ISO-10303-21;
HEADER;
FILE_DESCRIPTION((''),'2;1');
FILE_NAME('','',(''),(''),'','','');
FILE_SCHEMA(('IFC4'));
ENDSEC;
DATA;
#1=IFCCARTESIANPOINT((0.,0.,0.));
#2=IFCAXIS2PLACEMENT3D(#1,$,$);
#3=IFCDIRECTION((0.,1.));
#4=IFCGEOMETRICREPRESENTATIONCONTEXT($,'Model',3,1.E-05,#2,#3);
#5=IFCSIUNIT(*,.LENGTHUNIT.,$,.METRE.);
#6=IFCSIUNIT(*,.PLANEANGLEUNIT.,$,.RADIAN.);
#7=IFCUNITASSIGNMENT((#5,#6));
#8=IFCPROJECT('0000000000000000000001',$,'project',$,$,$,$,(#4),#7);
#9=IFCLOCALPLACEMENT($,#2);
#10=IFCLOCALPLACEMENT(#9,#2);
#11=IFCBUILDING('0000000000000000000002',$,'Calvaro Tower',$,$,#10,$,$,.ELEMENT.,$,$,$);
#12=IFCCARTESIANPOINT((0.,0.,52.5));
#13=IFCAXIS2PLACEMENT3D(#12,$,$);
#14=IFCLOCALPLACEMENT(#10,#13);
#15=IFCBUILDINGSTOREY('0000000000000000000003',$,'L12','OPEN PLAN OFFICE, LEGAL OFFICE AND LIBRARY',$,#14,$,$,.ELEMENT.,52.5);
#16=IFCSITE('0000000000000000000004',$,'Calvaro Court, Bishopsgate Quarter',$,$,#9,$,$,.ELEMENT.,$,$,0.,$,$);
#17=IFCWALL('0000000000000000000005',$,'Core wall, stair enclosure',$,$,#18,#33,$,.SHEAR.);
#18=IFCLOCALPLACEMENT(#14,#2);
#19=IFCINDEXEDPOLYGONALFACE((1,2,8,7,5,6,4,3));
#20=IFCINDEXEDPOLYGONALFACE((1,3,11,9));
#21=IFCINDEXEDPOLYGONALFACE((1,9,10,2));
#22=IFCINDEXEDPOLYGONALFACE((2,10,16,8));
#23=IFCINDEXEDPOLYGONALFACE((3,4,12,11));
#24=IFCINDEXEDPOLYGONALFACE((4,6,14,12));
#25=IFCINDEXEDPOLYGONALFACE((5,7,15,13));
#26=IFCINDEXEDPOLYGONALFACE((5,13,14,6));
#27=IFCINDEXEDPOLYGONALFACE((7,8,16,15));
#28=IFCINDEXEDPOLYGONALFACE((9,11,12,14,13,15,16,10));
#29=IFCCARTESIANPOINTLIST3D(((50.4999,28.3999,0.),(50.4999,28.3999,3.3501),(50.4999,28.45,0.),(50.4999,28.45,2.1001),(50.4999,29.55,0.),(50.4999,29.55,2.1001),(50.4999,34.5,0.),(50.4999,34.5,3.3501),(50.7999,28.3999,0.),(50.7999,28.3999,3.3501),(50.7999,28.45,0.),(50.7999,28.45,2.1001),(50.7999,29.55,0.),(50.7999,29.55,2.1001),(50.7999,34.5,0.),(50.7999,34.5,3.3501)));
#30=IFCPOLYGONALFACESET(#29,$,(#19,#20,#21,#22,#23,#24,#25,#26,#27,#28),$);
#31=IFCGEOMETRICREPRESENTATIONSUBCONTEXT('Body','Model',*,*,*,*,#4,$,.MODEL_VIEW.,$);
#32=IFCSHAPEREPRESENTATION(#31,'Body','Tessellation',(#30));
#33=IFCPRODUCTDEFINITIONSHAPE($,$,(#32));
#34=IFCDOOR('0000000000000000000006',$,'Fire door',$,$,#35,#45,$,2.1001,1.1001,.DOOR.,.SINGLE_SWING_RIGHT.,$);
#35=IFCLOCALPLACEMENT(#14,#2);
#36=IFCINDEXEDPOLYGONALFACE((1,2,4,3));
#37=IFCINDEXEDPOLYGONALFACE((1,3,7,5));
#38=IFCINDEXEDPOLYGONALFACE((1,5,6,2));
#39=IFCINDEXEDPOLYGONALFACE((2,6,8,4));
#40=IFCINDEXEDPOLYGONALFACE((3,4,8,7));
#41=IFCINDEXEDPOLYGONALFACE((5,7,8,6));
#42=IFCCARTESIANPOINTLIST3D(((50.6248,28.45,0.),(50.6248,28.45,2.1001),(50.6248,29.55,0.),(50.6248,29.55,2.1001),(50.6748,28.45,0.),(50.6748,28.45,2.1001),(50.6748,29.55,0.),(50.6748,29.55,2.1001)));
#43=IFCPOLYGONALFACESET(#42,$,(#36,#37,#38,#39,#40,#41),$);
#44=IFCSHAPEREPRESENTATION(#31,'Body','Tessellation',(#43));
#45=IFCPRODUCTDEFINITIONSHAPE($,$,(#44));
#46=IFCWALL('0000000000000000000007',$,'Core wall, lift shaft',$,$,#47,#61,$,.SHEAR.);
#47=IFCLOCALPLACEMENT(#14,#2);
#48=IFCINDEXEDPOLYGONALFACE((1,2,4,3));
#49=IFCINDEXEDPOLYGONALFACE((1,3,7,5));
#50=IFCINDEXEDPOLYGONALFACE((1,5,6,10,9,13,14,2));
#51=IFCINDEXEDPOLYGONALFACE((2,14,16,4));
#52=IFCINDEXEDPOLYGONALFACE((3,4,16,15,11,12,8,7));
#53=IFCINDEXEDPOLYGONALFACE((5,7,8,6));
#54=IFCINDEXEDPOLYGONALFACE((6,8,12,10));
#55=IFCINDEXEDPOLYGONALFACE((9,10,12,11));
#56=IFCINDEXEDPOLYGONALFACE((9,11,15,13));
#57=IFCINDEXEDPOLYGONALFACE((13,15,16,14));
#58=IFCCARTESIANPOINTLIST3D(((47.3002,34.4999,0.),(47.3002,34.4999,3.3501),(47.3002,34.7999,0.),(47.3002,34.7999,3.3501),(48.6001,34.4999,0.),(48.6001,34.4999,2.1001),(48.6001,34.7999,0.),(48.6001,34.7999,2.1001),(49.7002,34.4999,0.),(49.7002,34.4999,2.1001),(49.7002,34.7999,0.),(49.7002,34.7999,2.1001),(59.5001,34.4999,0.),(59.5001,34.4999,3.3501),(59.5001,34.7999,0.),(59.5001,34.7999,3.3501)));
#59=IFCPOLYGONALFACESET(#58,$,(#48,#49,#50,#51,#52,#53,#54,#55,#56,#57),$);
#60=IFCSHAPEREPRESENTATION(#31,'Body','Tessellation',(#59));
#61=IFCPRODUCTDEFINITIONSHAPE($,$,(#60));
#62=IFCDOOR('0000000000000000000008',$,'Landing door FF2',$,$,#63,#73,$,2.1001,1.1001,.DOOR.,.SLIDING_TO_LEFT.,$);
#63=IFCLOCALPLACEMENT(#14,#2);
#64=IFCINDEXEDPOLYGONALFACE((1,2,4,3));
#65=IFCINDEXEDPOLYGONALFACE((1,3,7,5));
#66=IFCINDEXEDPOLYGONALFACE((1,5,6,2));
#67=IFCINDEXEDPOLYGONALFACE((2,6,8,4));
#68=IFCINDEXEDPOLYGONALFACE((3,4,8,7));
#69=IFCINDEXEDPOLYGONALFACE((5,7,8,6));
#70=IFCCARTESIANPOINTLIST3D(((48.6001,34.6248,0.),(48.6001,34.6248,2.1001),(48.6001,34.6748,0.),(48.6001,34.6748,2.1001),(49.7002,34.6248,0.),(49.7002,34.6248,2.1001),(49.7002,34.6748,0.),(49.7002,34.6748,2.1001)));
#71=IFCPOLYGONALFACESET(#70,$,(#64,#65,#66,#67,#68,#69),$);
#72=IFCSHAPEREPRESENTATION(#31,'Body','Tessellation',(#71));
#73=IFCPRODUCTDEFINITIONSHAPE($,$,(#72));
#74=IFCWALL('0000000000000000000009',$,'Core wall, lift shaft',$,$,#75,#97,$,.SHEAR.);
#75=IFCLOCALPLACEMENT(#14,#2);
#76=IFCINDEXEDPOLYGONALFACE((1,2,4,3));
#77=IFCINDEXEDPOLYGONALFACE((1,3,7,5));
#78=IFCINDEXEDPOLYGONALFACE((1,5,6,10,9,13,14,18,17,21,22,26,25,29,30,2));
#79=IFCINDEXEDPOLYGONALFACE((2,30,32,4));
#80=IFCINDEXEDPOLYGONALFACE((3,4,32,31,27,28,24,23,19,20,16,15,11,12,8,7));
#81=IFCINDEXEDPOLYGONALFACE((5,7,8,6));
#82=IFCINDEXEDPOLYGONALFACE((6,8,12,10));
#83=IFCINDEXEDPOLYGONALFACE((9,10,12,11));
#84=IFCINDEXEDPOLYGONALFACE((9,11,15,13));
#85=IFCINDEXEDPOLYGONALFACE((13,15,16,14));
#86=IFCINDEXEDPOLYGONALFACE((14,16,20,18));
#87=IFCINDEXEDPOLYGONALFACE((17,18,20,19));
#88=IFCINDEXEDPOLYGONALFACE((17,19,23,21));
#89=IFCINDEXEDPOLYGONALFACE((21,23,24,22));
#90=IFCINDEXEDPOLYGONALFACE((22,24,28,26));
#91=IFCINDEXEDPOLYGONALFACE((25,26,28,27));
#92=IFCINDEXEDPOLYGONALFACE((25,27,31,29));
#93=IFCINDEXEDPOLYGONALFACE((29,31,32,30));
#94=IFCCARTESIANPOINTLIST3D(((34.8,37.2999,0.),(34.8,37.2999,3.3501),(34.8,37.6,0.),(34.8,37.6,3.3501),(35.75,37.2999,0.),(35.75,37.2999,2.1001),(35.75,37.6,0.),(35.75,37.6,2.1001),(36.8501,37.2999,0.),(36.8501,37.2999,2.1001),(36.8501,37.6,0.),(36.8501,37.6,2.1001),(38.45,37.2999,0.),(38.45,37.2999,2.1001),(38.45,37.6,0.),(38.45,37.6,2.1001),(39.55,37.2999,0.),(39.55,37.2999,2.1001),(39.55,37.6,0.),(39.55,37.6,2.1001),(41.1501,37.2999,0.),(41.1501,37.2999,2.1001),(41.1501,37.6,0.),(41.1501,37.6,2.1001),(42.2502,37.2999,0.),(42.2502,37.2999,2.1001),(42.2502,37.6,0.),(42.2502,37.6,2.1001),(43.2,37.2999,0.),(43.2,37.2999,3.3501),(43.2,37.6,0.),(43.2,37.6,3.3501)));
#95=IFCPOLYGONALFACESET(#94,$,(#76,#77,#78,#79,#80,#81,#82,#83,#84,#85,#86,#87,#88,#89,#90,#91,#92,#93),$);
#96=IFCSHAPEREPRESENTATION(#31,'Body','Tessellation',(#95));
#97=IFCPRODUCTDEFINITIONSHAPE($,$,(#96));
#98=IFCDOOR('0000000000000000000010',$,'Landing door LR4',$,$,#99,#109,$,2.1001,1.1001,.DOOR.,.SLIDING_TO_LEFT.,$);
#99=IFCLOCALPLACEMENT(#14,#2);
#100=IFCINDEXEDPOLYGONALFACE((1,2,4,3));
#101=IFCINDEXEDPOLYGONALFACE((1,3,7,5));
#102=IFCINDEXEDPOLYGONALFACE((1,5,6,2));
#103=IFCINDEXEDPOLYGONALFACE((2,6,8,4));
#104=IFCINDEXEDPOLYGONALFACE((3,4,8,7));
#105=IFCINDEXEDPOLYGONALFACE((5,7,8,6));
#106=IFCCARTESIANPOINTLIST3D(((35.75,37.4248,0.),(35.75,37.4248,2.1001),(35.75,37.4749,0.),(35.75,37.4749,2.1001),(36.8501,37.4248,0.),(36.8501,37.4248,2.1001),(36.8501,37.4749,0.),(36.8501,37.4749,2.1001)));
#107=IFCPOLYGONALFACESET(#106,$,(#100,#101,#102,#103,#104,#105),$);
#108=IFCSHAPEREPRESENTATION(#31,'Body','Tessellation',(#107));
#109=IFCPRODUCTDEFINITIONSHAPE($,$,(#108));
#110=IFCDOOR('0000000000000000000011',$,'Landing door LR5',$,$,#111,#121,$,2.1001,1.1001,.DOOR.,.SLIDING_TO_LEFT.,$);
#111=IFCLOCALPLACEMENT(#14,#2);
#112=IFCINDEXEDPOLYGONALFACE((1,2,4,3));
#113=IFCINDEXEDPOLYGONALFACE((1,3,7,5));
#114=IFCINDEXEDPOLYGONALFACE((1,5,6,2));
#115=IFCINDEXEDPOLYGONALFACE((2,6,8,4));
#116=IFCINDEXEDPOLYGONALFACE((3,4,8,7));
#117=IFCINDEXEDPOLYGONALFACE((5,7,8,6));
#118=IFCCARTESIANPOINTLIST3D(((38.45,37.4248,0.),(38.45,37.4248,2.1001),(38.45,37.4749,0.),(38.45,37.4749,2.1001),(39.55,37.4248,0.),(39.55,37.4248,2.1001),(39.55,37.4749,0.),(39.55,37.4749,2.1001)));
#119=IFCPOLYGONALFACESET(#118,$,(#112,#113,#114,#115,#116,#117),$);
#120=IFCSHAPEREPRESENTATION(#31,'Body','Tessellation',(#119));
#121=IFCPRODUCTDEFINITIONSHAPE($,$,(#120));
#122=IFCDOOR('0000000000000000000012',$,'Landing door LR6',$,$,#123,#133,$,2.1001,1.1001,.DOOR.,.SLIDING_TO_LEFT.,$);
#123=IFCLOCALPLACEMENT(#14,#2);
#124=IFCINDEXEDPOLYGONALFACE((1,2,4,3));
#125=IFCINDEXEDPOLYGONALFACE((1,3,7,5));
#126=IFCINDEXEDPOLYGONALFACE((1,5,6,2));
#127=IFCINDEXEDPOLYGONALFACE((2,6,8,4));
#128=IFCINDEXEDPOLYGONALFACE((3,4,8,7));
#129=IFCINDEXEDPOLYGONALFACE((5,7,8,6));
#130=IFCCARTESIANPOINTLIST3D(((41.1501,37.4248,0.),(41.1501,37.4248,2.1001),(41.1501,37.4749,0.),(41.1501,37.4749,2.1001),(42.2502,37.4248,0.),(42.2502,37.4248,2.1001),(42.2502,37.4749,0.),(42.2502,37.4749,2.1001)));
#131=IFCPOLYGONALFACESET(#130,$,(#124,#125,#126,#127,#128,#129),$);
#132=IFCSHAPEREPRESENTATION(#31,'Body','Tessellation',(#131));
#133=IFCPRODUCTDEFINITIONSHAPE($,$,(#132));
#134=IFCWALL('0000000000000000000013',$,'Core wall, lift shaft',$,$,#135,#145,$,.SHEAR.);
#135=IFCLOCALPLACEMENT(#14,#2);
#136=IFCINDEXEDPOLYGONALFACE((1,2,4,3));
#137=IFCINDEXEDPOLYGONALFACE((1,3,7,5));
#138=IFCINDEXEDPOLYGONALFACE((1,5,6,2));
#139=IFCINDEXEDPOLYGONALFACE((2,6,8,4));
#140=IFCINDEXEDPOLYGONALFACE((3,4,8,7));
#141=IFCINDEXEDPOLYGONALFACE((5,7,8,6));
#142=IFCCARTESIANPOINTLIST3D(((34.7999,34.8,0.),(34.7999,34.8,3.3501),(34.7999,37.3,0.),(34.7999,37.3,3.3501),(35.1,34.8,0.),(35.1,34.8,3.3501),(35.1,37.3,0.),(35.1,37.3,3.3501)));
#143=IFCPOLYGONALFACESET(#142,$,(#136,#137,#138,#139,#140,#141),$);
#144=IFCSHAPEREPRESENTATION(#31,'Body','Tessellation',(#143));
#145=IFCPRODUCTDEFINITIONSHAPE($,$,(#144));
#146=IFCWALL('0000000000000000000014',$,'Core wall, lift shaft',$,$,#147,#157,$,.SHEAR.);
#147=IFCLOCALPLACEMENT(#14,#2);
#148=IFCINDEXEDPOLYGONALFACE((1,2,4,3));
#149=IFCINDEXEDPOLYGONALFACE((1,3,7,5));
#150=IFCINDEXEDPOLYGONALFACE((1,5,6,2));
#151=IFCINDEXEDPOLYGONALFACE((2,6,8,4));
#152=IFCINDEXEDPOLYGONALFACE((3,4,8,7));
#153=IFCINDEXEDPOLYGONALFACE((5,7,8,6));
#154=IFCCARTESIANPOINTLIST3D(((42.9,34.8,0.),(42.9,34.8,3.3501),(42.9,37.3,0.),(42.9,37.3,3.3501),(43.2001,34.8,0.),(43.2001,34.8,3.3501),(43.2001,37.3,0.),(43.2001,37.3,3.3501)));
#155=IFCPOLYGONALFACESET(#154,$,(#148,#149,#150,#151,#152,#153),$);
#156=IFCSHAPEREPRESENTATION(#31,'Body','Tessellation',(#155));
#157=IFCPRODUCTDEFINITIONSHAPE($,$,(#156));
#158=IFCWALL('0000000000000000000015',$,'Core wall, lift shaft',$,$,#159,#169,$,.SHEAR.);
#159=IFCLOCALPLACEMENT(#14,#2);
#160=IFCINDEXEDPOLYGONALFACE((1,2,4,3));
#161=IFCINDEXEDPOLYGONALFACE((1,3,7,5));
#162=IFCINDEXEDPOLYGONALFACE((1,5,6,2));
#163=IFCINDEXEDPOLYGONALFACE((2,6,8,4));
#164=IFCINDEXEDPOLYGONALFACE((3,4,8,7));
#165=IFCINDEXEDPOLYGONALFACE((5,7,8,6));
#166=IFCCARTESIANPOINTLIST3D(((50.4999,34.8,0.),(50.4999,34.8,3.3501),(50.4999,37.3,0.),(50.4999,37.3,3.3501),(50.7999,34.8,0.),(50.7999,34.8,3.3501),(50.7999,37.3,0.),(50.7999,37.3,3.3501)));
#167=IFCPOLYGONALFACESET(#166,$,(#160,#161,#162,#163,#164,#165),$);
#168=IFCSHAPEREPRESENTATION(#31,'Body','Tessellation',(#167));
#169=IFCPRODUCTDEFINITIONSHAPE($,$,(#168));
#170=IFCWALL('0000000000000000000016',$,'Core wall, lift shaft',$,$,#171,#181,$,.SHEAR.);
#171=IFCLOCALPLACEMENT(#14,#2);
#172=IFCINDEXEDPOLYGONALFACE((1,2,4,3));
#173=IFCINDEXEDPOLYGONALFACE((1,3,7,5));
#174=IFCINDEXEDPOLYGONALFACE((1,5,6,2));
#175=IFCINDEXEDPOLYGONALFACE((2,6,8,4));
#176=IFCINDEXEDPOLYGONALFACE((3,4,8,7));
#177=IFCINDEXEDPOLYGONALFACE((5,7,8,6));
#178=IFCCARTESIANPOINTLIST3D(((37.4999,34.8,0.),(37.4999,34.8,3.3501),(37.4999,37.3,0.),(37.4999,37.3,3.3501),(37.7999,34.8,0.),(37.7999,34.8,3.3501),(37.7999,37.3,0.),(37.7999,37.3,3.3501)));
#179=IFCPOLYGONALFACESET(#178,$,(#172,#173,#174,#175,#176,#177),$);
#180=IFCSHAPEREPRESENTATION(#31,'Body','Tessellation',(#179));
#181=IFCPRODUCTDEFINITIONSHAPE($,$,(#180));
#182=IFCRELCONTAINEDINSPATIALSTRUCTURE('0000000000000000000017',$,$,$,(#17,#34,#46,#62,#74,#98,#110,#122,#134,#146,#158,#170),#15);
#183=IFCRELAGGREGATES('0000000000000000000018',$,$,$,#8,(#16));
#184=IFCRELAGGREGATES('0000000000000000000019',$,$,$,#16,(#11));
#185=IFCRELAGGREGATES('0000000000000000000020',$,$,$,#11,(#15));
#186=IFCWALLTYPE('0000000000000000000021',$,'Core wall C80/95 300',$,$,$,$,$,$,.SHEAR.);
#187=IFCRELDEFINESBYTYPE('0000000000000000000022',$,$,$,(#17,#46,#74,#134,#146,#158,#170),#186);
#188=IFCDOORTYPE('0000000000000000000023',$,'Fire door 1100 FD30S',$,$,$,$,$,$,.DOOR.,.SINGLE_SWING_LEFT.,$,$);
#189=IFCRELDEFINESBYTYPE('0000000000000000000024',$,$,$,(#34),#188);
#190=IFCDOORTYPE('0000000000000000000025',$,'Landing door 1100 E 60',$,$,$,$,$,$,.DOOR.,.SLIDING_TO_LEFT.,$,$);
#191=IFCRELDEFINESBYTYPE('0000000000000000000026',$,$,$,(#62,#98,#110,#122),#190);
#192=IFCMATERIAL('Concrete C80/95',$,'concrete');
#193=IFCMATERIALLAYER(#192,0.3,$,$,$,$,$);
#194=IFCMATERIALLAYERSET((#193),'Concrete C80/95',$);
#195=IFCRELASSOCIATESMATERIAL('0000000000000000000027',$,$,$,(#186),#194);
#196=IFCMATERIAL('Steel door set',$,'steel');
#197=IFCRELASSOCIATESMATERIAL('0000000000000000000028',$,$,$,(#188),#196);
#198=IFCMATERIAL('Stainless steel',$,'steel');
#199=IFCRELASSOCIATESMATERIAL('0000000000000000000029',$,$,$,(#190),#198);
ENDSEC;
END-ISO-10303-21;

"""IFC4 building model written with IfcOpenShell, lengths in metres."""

from ifc_helpers import new_model, si_unit, direction, frame, frame_2d, origin, place, context, subcontext, project, spatial, rectangle, extrude, material, layer, layer_set, type_object, element, fill, save


model = new_model("IFC4")

# Units and contexts
model_context = context("Model", 3, precision=1e-05, world=origin(), true_north=direction((0.0, 1.0)))
body_context = subcontext(model_context, "Body", "Model", "MODEL_VIEW")
ifc_project = project(units=[si_unit("LENGTHUNIT", "METRE"), si_unit("PLANEANGLEUNIT", "RADIAN")], contexts=[model_context])

# Site, building, storey
site_placement = place(None, origin())
site = spatial("IfcSite", under=ifc_project, at=site_placement, Name="Calvaro Court, Bishopsgate Quarter", CompositionType="ELEMENT", RefElevation=0.0)
building_placement = place(site_placement, origin())
building = spatial("IfcBuilding", under=site, at=building_placement, Name="Calvaro Tower", CompositionType="ELEMENT")
storey_placement = place(building_placement, frame((0.0, 0.0, 52.5)))
storey = spatial("IfcBuildingStorey", under=building, at=storey_placement, Name="L12", Description="OPEN PLAN OFFICE, LEGAL OFFICE AND LIBRARY", CompositionType="ELEMENT", Elevation=52.5)

# Walls, openings, doors
ifc_material_1 = material(Name="Concrete C80/95", Category="concrete")
ifc_layer_1 = layer(ifc_material_1, 0.3)
ifc_layer_set_1 = layer_set([ifc_layer_1], Name="Concrete C80/95")
wall_type_1 = type_object("IfcWallType", Name="Core wall C80/95 300", PredefinedType="SHEAR", material=ifc_layer_set_1)
wall_1_placement = place(storey_placement, frame((50.6499, 34.5, 0.0), z_axis=(0.0, 0.0, 1.0), x_axis=(0.0, -1.0, 0.0)))
wall_1 = element("IfcWall", 1, at=wall_1_placement, inside=storey, type_object=wall_type_1, Name="Core wall, stair enclosure", PredefinedType="SHEAR", context=body_context, shape_type="SweptSolid", body=[
    extrude(rectangle(XDim=6.1001, YDim=0.3, at=frame_2d((3.05, 0.0))), origin(), (0.0, 0.0, 1.0), 3.3501),
])
opening_1_placement = place(wall_1_placement, frame((4.95, 0.0, 0.0)))
opening_1 = element("IfcOpeningElement", 2, at=opening_1_placement, cuts=wall_1, PredefinedType="OPENING", context=body_context, shape_type="SweptSolid", body=[
    extrude(rectangle(XDim=1.1001, YDim=2.1001, at=frame_2d((0.55, 1.05))), frame((0.0, 0.1599, 0.0), z_axis=(0.0, -1.0, 0.0), x_axis=(1.0, 0.0, 0.0)), (0.0, 0.0, 1.0), 0.3201),
])
ifc_material_2 = material(Name="Steel door set", Category="steel")
door_type_1 = type_object("IfcDoorType", Name="Fire door 1100 FD30S", OperationType="SINGLE_SWING_LEFT", PredefinedType="DOOR", material=ifc_material_2)
door_1_placement = place(opening_1_placement, origin())
door_1 = element("IfcDoor", 3, at=door_1_placement, inside=storey, type_object=door_type_1, Name="Fire door", OperationType="SINGLE_SWING_RIGHT", OverallHeight=2.1001, OverallWidth=1.1001, PredefinedType="DOOR", context=body_context, shape_type="SweptSolid", body=[
    extrude(rectangle(XDim=1.1001, YDim=2.1001, at=frame_2d((0.55, 1.05))), frame((0.0, 0.0249, 0.0), z_axis=(0.0, -1.0, 0.0), x_axis=(1.0, 0.0, 0.0)), (0.0, 0.0, 1.0), 0.05),
])
fill(opening_1, door_1)
wall_2_placement = place(storey_placement, frame((47.3, 34.6499, 0.0), z_axis=(0.0, 0.0, 1.0), x_axis=(1.0, 0.0, 0.0)))
wall_2 = element("IfcWall", 4, at=wall_2_placement, inside=storey, type_object=wall_type_1, Name="Core wall, lift shaft", PredefinedType="SHEAR", context=body_context, shape_type="SweptSolid", body=[
    extrude(rectangle(XDim=12.2, YDim=0.3, at=frame_2d((6.1001, 0.0))), origin(), (0.0, 0.0, 1.0), 3.3501),
])
opening_2_placement = place(wall_2_placement, frame((1.3, 0.0, 0.0)))
opening_2 = element("IfcOpeningElement", 5, at=opening_2_placement, cuts=wall_2, PredefinedType="OPENING", context=body_context, shape_type="SweptSolid", body=[
    extrude(rectangle(XDim=1.1001, YDim=2.1001, at=frame_2d((0.55, 1.05))), frame((0.0, 0.1599, 0.0), z_axis=(0.0, -1.0, 0.0), x_axis=(1.0, 0.0, 0.0)), (0.0, 0.0, 1.0), 0.3201),
])
ifc_material_3 = material(Name="Stainless steel", Category="steel")
door_type_2 = type_object("IfcDoorType", Name="Landing door 1100 E 60", OperationType="SLIDING_TO_LEFT", PredefinedType="DOOR", material=ifc_material_3)
door_2_placement = place(opening_2_placement, origin())
door_2 = element("IfcDoor", 6, at=door_2_placement, inside=storey, type_object=door_type_2, Name="Landing door FF2", OperationType="SLIDING_TO_LEFT", OverallHeight=2.1001, OverallWidth=1.1001, PredefinedType="DOOR", context=body_context, shape_type="SweptSolid", body=[
    extrude(rectangle(XDim=1.1001, YDim=2.1001, at=frame_2d((0.55, 1.05))), frame((0.0, 0.0249, 0.0), z_axis=(0.0, -1.0, 0.0), x_axis=(1.0, 0.0, 0.0)), (0.0, 0.0, 1.0), 0.05),
])
fill(opening_2, door_2)

# Wall, openings, doors
wall_3_placement = place(storey_placement, frame((34.8, 37.45, 0.0), z_axis=(0.0, 0.0, 1.0), x_axis=(1.0, 0.0, 0.0)))
wall_3 = element("IfcWall", 7, at=wall_3_placement, inside=storey, type_object=wall_type_1, Name="Core wall, lift shaft", PredefinedType="SHEAR", context=body_context, shape_type="SweptSolid", body=[
    extrude(rectangle(XDim=8.3999, YDim=0.3, at=frame_2d((4.2, 0.0))), origin(), (0.0, 0.0, 1.0), 3.3501),
])
opening_3_placement = place(wall_3_placement, frame((0.95, 0.0, 0.0)))
opening_3 = element("IfcOpeningElement", 8, at=opening_3_placement, cuts=wall_3, PredefinedType="OPENING", context=body_context, shape_type="SweptSolid", body=[
    extrude(rectangle(XDim=1.1001, YDim=2.1001, at=frame_2d((0.55, 1.05))), frame((0.0, 0.1599, 0.0), z_axis=(0.0, -1.0, 0.0), x_axis=(1.0, 0.0, 0.0)), (0.0, 0.0, 1.0), 0.3201),
])
opening_4_placement = place(wall_3_placement, frame((3.6499, 0.0, 0.0)))
opening_4 = element("IfcOpeningElement", 9, at=opening_4_placement, cuts=wall_3, PredefinedType="OPENING", context=body_context, shape_type="SweptSolid", body=[
    extrude(rectangle(XDim=1.1001, YDim=2.1001, at=frame_2d((0.55, 1.05))), frame((0.0, 0.1599, 0.0), z_axis=(0.0, -1.0, 0.0), x_axis=(1.0, 0.0, 0.0)), (0.0, 0.0, 1.0), 0.3201),
])
opening_5_placement = place(wall_3_placement, frame((6.3501, 0.0, 0.0)))
opening_5 = element("IfcOpeningElement", 10, at=opening_5_placement, cuts=wall_3, PredefinedType="OPENING", context=body_context, shape_type="SweptSolid", body=[
    extrude(rectangle(XDim=1.1001, YDim=2.1001, at=frame_2d((0.55, 1.05))), frame((0.0, 0.1599, 0.0), z_axis=(0.0, -1.0, 0.0), x_axis=(1.0, 0.0, 0.0)), (0.0, 0.0, 1.0), 0.3201),
])
door_3_placement = place(opening_3_placement, origin())
door_3 = element("IfcDoor", 11, at=door_3_placement, inside=storey, type_object=door_type_2, Name="Landing door LR4", OperationType="SLIDING_TO_LEFT", OverallHeight=2.1001, OverallWidth=1.1001, PredefinedType="DOOR", context=body_context, shape_type="SweptSolid", body=[
    extrude(rectangle(XDim=1.1001, YDim=2.1001, at=frame_2d((0.55, 1.05))), frame((0.0, 0.0249, 0.0), z_axis=(0.0, -1.0, 0.0), x_axis=(1.0, 0.0, 0.0)), (0.0, 0.0, 1.0), 0.05),
])
fill(opening_3, door_3)
door_4_placement = place(opening_4_placement, origin())
door_4 = element("IfcDoor", 12, at=door_4_placement, inside=storey, type_object=door_type_2, Name="Landing door LR5", OperationType="SLIDING_TO_LEFT", OverallHeight=2.1001, OverallWidth=1.1001, PredefinedType="DOOR", context=body_context, shape_type="SweptSolid", body=[
    extrude(rectangle(XDim=1.1001, YDim=2.1001, at=frame_2d((0.55, 1.05))), frame((0.0, 0.0249, 0.0), z_axis=(0.0, -1.0, 0.0), x_axis=(1.0, 0.0, 0.0)), (0.0, 0.0, 1.0), 0.05),
])
fill(opening_4, door_4)
door_5_placement = place(opening_5_placement, origin())
door_5 = element("IfcDoor", 13, at=door_5_placement, inside=storey, type_object=door_type_2, Name="Landing door LR6", OperationType="SLIDING_TO_LEFT", OverallHeight=2.1001, OverallWidth=1.1001, PredefinedType="DOOR", context=body_context, shape_type="SweptSolid", body=[
    extrude(rectangle(XDim=1.1001, YDim=2.1001, at=frame_2d((0.55, 1.05))), frame((0.0, 0.0249, 0.0), z_axis=(0.0, -1.0, 0.0), x_axis=(1.0, 0.0, 0.0)), (0.0, 0.0, 1.0), 0.05),
])
fill(opening_5, door_5)

# Walls
for number, where, z_axis, x_axis, name in (
    (14, (34.95, 34.8, 0.0), (0.0, 0.0, 1.0), (0.0, 1.0, 0.0), "Core wall, lift shaft"),
    (15, (43.05, 34.8, 0.0), (0.0, 0.0, 1.0), (0.0, 1.0, 0.0), "Core wall, lift shaft"),
    (16, (50.6499, 34.8, 0.0), (0.0, 0.0, 1.0), (0.0, 1.0, 0.0), "Core wall, lift shaft"),
    (17, (37.6499, 34.8, 0.0), (0.0, 0.0, 1.0), (0.0, 1.0, 0.0), "Core wall, lift shaft"),
):
    element("IfcWall", number, at=place(storey_placement, frame(where, z_axis=z_axis, x_axis=x_axis)), inside=storey, type_object=wall_type_1, Name=name, PredefinedType="SHEAR", context=body_context, shape_type="SweptSolid", body=[
        extrude(rectangle(XDim=2.5, YDim=0.3, at=frame_2d((1.25, 0.0))), origin(), (0.0, 0.0, 1.0), 3.3501),
    ])

save(model, "model.ifc")
